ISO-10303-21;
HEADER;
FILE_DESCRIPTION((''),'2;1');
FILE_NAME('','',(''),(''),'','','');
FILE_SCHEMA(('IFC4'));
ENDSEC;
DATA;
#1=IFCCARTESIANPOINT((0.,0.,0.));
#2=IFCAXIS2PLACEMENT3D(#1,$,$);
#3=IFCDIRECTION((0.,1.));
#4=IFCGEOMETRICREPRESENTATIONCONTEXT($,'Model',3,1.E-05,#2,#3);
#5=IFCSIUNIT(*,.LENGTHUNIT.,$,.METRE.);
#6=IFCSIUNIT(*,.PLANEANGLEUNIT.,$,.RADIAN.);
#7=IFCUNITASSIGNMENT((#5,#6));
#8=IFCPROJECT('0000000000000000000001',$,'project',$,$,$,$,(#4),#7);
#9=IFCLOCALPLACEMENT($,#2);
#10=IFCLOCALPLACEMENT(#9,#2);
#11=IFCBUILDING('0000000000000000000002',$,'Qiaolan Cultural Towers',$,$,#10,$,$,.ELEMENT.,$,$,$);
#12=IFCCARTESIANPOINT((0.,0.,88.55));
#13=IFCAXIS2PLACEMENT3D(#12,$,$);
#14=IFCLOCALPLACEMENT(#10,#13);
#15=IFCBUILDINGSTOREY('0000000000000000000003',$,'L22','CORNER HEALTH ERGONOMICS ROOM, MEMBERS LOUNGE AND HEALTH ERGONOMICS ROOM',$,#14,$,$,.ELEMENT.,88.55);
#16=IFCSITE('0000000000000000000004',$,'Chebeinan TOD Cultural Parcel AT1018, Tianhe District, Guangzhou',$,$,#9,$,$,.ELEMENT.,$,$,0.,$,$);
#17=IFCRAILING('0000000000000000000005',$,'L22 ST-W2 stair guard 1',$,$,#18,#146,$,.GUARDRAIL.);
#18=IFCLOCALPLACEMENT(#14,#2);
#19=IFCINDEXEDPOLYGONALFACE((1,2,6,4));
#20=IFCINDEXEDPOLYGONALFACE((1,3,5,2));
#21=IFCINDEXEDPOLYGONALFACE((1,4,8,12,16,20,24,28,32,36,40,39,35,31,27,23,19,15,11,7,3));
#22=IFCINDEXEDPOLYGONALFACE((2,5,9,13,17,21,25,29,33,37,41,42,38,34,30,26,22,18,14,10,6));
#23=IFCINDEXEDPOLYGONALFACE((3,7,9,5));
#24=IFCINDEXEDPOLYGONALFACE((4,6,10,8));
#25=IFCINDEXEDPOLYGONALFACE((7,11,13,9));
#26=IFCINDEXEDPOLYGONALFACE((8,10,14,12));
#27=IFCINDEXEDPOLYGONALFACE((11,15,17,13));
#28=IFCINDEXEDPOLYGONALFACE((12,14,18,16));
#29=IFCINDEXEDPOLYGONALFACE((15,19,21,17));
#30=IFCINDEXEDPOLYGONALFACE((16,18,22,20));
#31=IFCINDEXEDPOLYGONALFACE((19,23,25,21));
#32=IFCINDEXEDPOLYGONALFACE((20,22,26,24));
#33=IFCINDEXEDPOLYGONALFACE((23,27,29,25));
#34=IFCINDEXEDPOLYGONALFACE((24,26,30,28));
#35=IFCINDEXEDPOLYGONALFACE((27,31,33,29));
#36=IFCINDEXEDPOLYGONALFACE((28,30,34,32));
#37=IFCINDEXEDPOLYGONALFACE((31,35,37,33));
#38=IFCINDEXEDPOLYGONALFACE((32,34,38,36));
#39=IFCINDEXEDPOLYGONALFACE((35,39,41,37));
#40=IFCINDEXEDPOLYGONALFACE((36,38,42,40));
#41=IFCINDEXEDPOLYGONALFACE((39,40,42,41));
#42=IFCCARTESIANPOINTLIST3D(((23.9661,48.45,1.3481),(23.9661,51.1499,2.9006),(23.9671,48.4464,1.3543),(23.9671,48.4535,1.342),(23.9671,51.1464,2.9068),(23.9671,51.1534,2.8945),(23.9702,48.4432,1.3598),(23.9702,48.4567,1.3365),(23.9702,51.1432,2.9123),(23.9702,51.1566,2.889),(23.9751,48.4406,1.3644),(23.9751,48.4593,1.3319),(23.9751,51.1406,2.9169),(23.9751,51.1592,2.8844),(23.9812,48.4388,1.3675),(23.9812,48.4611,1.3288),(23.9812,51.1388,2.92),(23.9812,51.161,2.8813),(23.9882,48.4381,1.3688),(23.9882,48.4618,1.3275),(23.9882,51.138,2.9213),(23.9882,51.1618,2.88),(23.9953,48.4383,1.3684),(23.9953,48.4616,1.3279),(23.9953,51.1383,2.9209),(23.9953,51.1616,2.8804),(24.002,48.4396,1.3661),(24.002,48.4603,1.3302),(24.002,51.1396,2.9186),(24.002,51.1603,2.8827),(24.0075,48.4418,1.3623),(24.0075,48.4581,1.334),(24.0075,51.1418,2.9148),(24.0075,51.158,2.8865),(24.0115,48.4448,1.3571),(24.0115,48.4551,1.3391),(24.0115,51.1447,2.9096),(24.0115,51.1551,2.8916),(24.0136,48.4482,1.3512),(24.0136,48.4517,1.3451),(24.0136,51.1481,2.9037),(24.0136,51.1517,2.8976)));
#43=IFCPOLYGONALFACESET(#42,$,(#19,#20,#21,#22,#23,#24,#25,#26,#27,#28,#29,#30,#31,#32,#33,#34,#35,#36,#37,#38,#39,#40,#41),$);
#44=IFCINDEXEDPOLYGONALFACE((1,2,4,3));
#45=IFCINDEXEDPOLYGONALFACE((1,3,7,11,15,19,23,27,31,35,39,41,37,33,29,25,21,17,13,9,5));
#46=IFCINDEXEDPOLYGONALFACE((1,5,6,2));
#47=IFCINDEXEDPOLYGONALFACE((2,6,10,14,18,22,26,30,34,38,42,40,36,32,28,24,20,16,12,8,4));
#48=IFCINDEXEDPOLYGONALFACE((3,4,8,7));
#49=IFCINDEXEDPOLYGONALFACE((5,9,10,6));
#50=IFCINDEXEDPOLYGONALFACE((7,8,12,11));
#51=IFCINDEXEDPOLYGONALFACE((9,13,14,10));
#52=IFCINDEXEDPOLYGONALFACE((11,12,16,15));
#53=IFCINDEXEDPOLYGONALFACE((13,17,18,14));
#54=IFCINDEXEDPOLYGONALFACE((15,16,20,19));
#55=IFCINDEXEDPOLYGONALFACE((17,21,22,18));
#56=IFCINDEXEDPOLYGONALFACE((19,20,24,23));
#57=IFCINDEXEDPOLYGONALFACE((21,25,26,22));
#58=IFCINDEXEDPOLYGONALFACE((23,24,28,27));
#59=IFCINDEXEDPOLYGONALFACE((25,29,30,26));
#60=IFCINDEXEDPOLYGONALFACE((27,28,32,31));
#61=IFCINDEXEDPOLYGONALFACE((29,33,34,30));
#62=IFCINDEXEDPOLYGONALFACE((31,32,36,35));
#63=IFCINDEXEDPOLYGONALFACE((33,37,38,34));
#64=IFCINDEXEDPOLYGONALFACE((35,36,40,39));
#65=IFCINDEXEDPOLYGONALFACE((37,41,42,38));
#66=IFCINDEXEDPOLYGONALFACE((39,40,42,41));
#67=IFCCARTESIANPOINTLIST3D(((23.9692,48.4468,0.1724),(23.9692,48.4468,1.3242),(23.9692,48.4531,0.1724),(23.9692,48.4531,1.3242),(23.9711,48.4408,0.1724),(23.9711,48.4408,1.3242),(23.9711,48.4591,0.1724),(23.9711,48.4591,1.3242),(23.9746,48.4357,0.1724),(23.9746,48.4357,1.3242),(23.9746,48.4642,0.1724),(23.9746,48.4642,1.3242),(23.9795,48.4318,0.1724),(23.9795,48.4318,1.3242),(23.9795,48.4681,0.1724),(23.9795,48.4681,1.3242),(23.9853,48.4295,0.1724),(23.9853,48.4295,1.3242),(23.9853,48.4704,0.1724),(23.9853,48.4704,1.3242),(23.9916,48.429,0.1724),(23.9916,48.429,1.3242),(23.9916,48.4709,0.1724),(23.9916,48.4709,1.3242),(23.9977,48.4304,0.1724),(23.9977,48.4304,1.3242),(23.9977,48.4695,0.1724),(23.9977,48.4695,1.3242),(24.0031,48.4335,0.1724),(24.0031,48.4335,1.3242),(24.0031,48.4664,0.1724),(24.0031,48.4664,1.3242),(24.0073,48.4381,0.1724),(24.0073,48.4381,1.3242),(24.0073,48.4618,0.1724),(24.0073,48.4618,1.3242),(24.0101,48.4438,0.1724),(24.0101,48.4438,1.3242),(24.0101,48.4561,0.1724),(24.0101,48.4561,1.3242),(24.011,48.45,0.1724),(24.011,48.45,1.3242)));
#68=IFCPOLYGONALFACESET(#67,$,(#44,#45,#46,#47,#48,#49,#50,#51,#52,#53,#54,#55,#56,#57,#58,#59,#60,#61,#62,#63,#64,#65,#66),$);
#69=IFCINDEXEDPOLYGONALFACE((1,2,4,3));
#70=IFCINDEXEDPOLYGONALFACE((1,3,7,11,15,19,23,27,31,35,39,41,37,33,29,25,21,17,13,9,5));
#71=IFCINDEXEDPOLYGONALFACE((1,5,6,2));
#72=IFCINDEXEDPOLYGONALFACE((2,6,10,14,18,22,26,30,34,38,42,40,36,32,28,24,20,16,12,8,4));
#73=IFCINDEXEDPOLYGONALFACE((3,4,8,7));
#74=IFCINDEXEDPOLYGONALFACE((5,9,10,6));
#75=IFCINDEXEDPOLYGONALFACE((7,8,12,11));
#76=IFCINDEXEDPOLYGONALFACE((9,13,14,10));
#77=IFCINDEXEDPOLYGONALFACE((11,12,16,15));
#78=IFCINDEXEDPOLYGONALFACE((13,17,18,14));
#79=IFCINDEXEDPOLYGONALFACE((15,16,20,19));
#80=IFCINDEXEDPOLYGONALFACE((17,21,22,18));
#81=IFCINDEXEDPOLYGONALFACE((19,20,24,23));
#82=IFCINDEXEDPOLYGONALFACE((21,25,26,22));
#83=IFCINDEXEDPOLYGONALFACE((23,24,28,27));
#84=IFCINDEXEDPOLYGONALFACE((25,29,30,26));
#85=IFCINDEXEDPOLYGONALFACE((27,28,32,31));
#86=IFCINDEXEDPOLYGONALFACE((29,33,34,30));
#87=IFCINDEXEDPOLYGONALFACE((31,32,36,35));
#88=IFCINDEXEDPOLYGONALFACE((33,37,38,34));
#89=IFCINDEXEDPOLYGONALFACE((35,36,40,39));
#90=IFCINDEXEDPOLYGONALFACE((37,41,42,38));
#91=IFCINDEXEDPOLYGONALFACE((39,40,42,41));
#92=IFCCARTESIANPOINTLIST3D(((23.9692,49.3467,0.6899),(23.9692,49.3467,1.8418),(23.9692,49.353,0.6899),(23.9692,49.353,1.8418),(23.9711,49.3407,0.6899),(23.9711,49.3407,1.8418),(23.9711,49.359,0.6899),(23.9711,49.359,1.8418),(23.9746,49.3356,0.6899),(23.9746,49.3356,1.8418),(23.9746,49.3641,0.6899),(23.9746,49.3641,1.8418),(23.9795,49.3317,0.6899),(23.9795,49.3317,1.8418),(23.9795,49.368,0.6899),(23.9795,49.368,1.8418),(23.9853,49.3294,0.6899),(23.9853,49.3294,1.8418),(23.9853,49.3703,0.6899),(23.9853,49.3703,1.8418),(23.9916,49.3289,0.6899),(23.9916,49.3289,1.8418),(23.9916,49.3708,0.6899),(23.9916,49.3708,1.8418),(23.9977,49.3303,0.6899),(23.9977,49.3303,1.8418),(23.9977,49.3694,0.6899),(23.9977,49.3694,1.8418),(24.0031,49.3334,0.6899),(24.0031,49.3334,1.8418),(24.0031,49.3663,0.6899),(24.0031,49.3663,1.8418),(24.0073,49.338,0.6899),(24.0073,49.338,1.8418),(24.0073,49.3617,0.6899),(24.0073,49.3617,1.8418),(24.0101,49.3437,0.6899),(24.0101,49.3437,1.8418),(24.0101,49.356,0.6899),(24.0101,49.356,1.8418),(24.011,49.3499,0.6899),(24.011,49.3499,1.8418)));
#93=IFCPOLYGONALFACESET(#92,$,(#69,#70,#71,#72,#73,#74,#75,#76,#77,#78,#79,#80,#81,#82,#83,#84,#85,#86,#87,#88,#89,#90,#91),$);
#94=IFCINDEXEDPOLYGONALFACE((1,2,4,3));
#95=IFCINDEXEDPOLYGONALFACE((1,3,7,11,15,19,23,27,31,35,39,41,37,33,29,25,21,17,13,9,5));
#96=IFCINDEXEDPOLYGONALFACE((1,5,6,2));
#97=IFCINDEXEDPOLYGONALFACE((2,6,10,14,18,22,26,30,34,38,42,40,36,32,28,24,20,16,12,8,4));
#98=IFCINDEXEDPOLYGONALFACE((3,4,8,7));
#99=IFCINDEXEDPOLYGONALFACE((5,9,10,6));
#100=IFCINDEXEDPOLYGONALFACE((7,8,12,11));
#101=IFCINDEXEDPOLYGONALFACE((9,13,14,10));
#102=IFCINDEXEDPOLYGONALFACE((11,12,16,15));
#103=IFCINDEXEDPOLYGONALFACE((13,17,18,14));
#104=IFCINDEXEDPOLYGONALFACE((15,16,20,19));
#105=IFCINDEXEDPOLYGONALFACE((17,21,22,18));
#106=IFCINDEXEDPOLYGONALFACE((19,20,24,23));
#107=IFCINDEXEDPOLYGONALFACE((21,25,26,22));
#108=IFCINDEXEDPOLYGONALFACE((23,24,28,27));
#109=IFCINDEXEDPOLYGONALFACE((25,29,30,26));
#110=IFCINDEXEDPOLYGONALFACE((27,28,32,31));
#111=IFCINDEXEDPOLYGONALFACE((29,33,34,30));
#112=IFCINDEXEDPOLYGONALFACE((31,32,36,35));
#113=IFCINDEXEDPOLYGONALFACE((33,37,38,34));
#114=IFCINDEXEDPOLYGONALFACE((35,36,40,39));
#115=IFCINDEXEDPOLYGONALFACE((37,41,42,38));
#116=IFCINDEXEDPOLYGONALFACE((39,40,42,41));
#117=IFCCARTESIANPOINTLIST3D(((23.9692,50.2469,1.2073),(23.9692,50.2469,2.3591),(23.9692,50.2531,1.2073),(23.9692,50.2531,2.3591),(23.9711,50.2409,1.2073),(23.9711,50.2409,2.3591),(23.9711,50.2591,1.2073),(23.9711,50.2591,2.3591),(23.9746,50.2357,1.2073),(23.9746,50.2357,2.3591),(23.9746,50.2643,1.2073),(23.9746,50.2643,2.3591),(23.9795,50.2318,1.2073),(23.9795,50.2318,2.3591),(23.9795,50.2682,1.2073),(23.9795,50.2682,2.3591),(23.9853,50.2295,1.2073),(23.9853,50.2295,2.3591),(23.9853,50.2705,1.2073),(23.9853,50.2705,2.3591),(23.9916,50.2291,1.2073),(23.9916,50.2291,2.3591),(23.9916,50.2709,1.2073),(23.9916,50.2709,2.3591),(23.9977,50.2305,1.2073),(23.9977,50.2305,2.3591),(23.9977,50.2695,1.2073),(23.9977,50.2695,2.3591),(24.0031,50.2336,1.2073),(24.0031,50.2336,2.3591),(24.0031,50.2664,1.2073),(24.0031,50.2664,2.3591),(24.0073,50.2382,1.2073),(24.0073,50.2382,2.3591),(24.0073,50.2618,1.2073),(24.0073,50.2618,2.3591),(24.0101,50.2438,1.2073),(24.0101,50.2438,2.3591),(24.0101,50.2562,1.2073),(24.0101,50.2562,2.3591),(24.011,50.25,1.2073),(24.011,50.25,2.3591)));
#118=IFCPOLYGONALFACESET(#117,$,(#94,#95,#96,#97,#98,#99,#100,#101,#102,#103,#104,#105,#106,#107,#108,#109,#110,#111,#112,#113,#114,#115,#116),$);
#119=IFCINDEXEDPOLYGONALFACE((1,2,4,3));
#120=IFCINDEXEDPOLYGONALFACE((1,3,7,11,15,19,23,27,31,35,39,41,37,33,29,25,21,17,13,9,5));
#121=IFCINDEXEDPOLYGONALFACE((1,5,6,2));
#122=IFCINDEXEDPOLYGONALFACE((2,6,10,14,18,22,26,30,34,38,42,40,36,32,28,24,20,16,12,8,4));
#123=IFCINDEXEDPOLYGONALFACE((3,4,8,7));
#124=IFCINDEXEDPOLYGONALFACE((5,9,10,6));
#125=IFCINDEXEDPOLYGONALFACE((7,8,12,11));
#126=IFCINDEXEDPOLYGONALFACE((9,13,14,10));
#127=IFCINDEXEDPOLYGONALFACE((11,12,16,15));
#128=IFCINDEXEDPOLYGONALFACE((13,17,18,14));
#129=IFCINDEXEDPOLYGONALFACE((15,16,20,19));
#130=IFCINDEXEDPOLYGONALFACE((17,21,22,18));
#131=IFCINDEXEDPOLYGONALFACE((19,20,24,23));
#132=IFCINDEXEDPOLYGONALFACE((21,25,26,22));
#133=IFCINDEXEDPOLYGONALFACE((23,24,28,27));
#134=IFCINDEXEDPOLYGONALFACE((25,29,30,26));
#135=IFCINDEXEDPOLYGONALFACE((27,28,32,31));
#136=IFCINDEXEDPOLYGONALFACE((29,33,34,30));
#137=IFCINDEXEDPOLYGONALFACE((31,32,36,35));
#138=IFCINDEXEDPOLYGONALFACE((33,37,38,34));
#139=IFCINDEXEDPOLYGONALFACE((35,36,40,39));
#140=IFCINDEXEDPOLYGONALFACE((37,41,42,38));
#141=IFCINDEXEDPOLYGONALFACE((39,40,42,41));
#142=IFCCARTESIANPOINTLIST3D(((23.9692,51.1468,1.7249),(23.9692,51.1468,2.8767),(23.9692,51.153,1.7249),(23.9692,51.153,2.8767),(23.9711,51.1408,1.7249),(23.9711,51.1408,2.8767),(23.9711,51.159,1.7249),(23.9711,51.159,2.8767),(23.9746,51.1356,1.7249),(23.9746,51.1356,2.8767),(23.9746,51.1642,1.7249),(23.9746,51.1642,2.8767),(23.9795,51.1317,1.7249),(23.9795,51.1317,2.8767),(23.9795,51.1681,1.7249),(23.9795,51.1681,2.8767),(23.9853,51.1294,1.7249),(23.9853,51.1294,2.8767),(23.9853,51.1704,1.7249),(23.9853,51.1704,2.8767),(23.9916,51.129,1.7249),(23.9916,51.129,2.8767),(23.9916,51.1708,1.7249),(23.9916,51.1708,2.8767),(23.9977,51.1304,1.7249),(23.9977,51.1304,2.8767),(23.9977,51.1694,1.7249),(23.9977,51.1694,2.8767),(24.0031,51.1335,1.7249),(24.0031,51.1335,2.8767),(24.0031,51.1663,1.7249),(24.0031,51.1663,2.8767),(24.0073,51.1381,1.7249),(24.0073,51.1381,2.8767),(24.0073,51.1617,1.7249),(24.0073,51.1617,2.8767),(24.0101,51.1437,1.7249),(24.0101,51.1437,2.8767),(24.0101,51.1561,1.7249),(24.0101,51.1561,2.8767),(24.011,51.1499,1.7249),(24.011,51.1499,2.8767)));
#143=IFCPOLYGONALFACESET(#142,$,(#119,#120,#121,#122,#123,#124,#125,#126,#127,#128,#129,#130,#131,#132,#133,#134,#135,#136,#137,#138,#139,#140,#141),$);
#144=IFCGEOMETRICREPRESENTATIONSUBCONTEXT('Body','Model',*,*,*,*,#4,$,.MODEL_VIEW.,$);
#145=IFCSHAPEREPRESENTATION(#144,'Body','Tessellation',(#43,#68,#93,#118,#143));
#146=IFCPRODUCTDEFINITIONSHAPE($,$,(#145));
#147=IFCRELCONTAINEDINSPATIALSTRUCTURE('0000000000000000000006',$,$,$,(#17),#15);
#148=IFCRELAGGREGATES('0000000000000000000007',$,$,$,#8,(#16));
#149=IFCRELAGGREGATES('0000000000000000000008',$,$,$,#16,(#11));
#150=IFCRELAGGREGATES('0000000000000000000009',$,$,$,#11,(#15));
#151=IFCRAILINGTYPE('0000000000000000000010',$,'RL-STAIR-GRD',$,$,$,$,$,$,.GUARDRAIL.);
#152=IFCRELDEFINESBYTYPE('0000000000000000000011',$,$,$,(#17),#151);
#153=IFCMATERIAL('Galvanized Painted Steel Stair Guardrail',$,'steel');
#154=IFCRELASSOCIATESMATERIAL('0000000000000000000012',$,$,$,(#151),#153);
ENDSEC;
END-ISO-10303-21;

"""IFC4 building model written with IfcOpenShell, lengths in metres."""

from ifc_helpers import new_model, si_unit, direction, frame, origin, origin_2d, place, context, subcontext, project, spatial, circle, extrude, material, type_object, element, save


model = new_model("IFC4")

# Units and contexts
model_context = context("Model", 3, precision=1e-05, world=origin(), true_north=direction((0.0, 1.0)))
body_context = subcontext(model_context, "Body", "Model", "MODEL_VIEW")
ifc_project = project(units=[si_unit("LENGTHUNIT", "METRE"), si_unit("PLANEANGLEUNIT", "RADIAN")], contexts=[model_context])

# Site, building, storey
site_placement = place(None, origin())
site = spatial("IfcSite", under=ifc_project, at=site_placement, Name="Chebeinan TOD Cultural Parcel AT1018, Tianhe District, Guangzhou", CompositionType="ELEMENT", RefElevation=0.0)
building_placement = place(site_placement, origin())
building = spatial("IfcBuilding", under=site, at=building_placement, Name="Qiaolan Cultural Towers", CompositionType="ELEMENT")
storey_placement = place(building_placement, frame((0.0, 0.0, 88.55)))
storey = spatial("IfcBuildingStorey", under=building, at=storey_placement, Name="L22", Description="CORNER HEALTH ERGONOMICS ROOM, MEMBERS LOUNGE AND HEALTH ERGONOMICS ROOM", CompositionType="ELEMENT", Elevation=88.55)

# Railing
ifc_material_1 = material(Name="Galvanized Painted Steel Stair Guardrail", Category="steel")
railing_type = type_object("IfcRailingType", Name="RL-STAIR-GRD", PredefinedType="GUARDRAIL", material=ifc_material_1)
railing_1_placement = place(storey_placement, frame((23.99, 48.45, 0.1724)))
element("IfcRailing", 1, at=railing_1_placement, inside=storey, type_object=railing_type, Name="L22 ST-W2 stair guard 1", PredefinedType="GUARDRAIL", context=body_context, shape_type="SweptSolid", body=[
    extrude(circle(Radius=0.0239, at=origin_2d()), frame((0.0, 0.0, 1.1758), z_axis=(0.0, 0.866904, 0.498476), x_axis=(-1.0, 0.0, 0.0)), (0.0, 0.0, 1.0), 3.1145),
    extrude(circle(Radius=0.021, at=origin_2d()), origin(), (0.0, 0.0, 1.0), 1.1519),
    extrude(circle(Radius=0.021, at=origin_2d()), frame((0.0, 0.8999, 0.5176)), (0.0, 0.0, 1.0), 1.1519),
    extrude(circle(Radius=0.021, at=origin_2d()), frame((0.0, 1.8, 1.0349)), (0.0, 0.0, 1.0), 1.1519),
    extrude(circle(Radius=0.021, at=origin_2d()), frame((0.0, 2.7, 1.5525)), (0.0, 0.0, 1.0), 1.1519),
])

save(model, "model.ifc")
